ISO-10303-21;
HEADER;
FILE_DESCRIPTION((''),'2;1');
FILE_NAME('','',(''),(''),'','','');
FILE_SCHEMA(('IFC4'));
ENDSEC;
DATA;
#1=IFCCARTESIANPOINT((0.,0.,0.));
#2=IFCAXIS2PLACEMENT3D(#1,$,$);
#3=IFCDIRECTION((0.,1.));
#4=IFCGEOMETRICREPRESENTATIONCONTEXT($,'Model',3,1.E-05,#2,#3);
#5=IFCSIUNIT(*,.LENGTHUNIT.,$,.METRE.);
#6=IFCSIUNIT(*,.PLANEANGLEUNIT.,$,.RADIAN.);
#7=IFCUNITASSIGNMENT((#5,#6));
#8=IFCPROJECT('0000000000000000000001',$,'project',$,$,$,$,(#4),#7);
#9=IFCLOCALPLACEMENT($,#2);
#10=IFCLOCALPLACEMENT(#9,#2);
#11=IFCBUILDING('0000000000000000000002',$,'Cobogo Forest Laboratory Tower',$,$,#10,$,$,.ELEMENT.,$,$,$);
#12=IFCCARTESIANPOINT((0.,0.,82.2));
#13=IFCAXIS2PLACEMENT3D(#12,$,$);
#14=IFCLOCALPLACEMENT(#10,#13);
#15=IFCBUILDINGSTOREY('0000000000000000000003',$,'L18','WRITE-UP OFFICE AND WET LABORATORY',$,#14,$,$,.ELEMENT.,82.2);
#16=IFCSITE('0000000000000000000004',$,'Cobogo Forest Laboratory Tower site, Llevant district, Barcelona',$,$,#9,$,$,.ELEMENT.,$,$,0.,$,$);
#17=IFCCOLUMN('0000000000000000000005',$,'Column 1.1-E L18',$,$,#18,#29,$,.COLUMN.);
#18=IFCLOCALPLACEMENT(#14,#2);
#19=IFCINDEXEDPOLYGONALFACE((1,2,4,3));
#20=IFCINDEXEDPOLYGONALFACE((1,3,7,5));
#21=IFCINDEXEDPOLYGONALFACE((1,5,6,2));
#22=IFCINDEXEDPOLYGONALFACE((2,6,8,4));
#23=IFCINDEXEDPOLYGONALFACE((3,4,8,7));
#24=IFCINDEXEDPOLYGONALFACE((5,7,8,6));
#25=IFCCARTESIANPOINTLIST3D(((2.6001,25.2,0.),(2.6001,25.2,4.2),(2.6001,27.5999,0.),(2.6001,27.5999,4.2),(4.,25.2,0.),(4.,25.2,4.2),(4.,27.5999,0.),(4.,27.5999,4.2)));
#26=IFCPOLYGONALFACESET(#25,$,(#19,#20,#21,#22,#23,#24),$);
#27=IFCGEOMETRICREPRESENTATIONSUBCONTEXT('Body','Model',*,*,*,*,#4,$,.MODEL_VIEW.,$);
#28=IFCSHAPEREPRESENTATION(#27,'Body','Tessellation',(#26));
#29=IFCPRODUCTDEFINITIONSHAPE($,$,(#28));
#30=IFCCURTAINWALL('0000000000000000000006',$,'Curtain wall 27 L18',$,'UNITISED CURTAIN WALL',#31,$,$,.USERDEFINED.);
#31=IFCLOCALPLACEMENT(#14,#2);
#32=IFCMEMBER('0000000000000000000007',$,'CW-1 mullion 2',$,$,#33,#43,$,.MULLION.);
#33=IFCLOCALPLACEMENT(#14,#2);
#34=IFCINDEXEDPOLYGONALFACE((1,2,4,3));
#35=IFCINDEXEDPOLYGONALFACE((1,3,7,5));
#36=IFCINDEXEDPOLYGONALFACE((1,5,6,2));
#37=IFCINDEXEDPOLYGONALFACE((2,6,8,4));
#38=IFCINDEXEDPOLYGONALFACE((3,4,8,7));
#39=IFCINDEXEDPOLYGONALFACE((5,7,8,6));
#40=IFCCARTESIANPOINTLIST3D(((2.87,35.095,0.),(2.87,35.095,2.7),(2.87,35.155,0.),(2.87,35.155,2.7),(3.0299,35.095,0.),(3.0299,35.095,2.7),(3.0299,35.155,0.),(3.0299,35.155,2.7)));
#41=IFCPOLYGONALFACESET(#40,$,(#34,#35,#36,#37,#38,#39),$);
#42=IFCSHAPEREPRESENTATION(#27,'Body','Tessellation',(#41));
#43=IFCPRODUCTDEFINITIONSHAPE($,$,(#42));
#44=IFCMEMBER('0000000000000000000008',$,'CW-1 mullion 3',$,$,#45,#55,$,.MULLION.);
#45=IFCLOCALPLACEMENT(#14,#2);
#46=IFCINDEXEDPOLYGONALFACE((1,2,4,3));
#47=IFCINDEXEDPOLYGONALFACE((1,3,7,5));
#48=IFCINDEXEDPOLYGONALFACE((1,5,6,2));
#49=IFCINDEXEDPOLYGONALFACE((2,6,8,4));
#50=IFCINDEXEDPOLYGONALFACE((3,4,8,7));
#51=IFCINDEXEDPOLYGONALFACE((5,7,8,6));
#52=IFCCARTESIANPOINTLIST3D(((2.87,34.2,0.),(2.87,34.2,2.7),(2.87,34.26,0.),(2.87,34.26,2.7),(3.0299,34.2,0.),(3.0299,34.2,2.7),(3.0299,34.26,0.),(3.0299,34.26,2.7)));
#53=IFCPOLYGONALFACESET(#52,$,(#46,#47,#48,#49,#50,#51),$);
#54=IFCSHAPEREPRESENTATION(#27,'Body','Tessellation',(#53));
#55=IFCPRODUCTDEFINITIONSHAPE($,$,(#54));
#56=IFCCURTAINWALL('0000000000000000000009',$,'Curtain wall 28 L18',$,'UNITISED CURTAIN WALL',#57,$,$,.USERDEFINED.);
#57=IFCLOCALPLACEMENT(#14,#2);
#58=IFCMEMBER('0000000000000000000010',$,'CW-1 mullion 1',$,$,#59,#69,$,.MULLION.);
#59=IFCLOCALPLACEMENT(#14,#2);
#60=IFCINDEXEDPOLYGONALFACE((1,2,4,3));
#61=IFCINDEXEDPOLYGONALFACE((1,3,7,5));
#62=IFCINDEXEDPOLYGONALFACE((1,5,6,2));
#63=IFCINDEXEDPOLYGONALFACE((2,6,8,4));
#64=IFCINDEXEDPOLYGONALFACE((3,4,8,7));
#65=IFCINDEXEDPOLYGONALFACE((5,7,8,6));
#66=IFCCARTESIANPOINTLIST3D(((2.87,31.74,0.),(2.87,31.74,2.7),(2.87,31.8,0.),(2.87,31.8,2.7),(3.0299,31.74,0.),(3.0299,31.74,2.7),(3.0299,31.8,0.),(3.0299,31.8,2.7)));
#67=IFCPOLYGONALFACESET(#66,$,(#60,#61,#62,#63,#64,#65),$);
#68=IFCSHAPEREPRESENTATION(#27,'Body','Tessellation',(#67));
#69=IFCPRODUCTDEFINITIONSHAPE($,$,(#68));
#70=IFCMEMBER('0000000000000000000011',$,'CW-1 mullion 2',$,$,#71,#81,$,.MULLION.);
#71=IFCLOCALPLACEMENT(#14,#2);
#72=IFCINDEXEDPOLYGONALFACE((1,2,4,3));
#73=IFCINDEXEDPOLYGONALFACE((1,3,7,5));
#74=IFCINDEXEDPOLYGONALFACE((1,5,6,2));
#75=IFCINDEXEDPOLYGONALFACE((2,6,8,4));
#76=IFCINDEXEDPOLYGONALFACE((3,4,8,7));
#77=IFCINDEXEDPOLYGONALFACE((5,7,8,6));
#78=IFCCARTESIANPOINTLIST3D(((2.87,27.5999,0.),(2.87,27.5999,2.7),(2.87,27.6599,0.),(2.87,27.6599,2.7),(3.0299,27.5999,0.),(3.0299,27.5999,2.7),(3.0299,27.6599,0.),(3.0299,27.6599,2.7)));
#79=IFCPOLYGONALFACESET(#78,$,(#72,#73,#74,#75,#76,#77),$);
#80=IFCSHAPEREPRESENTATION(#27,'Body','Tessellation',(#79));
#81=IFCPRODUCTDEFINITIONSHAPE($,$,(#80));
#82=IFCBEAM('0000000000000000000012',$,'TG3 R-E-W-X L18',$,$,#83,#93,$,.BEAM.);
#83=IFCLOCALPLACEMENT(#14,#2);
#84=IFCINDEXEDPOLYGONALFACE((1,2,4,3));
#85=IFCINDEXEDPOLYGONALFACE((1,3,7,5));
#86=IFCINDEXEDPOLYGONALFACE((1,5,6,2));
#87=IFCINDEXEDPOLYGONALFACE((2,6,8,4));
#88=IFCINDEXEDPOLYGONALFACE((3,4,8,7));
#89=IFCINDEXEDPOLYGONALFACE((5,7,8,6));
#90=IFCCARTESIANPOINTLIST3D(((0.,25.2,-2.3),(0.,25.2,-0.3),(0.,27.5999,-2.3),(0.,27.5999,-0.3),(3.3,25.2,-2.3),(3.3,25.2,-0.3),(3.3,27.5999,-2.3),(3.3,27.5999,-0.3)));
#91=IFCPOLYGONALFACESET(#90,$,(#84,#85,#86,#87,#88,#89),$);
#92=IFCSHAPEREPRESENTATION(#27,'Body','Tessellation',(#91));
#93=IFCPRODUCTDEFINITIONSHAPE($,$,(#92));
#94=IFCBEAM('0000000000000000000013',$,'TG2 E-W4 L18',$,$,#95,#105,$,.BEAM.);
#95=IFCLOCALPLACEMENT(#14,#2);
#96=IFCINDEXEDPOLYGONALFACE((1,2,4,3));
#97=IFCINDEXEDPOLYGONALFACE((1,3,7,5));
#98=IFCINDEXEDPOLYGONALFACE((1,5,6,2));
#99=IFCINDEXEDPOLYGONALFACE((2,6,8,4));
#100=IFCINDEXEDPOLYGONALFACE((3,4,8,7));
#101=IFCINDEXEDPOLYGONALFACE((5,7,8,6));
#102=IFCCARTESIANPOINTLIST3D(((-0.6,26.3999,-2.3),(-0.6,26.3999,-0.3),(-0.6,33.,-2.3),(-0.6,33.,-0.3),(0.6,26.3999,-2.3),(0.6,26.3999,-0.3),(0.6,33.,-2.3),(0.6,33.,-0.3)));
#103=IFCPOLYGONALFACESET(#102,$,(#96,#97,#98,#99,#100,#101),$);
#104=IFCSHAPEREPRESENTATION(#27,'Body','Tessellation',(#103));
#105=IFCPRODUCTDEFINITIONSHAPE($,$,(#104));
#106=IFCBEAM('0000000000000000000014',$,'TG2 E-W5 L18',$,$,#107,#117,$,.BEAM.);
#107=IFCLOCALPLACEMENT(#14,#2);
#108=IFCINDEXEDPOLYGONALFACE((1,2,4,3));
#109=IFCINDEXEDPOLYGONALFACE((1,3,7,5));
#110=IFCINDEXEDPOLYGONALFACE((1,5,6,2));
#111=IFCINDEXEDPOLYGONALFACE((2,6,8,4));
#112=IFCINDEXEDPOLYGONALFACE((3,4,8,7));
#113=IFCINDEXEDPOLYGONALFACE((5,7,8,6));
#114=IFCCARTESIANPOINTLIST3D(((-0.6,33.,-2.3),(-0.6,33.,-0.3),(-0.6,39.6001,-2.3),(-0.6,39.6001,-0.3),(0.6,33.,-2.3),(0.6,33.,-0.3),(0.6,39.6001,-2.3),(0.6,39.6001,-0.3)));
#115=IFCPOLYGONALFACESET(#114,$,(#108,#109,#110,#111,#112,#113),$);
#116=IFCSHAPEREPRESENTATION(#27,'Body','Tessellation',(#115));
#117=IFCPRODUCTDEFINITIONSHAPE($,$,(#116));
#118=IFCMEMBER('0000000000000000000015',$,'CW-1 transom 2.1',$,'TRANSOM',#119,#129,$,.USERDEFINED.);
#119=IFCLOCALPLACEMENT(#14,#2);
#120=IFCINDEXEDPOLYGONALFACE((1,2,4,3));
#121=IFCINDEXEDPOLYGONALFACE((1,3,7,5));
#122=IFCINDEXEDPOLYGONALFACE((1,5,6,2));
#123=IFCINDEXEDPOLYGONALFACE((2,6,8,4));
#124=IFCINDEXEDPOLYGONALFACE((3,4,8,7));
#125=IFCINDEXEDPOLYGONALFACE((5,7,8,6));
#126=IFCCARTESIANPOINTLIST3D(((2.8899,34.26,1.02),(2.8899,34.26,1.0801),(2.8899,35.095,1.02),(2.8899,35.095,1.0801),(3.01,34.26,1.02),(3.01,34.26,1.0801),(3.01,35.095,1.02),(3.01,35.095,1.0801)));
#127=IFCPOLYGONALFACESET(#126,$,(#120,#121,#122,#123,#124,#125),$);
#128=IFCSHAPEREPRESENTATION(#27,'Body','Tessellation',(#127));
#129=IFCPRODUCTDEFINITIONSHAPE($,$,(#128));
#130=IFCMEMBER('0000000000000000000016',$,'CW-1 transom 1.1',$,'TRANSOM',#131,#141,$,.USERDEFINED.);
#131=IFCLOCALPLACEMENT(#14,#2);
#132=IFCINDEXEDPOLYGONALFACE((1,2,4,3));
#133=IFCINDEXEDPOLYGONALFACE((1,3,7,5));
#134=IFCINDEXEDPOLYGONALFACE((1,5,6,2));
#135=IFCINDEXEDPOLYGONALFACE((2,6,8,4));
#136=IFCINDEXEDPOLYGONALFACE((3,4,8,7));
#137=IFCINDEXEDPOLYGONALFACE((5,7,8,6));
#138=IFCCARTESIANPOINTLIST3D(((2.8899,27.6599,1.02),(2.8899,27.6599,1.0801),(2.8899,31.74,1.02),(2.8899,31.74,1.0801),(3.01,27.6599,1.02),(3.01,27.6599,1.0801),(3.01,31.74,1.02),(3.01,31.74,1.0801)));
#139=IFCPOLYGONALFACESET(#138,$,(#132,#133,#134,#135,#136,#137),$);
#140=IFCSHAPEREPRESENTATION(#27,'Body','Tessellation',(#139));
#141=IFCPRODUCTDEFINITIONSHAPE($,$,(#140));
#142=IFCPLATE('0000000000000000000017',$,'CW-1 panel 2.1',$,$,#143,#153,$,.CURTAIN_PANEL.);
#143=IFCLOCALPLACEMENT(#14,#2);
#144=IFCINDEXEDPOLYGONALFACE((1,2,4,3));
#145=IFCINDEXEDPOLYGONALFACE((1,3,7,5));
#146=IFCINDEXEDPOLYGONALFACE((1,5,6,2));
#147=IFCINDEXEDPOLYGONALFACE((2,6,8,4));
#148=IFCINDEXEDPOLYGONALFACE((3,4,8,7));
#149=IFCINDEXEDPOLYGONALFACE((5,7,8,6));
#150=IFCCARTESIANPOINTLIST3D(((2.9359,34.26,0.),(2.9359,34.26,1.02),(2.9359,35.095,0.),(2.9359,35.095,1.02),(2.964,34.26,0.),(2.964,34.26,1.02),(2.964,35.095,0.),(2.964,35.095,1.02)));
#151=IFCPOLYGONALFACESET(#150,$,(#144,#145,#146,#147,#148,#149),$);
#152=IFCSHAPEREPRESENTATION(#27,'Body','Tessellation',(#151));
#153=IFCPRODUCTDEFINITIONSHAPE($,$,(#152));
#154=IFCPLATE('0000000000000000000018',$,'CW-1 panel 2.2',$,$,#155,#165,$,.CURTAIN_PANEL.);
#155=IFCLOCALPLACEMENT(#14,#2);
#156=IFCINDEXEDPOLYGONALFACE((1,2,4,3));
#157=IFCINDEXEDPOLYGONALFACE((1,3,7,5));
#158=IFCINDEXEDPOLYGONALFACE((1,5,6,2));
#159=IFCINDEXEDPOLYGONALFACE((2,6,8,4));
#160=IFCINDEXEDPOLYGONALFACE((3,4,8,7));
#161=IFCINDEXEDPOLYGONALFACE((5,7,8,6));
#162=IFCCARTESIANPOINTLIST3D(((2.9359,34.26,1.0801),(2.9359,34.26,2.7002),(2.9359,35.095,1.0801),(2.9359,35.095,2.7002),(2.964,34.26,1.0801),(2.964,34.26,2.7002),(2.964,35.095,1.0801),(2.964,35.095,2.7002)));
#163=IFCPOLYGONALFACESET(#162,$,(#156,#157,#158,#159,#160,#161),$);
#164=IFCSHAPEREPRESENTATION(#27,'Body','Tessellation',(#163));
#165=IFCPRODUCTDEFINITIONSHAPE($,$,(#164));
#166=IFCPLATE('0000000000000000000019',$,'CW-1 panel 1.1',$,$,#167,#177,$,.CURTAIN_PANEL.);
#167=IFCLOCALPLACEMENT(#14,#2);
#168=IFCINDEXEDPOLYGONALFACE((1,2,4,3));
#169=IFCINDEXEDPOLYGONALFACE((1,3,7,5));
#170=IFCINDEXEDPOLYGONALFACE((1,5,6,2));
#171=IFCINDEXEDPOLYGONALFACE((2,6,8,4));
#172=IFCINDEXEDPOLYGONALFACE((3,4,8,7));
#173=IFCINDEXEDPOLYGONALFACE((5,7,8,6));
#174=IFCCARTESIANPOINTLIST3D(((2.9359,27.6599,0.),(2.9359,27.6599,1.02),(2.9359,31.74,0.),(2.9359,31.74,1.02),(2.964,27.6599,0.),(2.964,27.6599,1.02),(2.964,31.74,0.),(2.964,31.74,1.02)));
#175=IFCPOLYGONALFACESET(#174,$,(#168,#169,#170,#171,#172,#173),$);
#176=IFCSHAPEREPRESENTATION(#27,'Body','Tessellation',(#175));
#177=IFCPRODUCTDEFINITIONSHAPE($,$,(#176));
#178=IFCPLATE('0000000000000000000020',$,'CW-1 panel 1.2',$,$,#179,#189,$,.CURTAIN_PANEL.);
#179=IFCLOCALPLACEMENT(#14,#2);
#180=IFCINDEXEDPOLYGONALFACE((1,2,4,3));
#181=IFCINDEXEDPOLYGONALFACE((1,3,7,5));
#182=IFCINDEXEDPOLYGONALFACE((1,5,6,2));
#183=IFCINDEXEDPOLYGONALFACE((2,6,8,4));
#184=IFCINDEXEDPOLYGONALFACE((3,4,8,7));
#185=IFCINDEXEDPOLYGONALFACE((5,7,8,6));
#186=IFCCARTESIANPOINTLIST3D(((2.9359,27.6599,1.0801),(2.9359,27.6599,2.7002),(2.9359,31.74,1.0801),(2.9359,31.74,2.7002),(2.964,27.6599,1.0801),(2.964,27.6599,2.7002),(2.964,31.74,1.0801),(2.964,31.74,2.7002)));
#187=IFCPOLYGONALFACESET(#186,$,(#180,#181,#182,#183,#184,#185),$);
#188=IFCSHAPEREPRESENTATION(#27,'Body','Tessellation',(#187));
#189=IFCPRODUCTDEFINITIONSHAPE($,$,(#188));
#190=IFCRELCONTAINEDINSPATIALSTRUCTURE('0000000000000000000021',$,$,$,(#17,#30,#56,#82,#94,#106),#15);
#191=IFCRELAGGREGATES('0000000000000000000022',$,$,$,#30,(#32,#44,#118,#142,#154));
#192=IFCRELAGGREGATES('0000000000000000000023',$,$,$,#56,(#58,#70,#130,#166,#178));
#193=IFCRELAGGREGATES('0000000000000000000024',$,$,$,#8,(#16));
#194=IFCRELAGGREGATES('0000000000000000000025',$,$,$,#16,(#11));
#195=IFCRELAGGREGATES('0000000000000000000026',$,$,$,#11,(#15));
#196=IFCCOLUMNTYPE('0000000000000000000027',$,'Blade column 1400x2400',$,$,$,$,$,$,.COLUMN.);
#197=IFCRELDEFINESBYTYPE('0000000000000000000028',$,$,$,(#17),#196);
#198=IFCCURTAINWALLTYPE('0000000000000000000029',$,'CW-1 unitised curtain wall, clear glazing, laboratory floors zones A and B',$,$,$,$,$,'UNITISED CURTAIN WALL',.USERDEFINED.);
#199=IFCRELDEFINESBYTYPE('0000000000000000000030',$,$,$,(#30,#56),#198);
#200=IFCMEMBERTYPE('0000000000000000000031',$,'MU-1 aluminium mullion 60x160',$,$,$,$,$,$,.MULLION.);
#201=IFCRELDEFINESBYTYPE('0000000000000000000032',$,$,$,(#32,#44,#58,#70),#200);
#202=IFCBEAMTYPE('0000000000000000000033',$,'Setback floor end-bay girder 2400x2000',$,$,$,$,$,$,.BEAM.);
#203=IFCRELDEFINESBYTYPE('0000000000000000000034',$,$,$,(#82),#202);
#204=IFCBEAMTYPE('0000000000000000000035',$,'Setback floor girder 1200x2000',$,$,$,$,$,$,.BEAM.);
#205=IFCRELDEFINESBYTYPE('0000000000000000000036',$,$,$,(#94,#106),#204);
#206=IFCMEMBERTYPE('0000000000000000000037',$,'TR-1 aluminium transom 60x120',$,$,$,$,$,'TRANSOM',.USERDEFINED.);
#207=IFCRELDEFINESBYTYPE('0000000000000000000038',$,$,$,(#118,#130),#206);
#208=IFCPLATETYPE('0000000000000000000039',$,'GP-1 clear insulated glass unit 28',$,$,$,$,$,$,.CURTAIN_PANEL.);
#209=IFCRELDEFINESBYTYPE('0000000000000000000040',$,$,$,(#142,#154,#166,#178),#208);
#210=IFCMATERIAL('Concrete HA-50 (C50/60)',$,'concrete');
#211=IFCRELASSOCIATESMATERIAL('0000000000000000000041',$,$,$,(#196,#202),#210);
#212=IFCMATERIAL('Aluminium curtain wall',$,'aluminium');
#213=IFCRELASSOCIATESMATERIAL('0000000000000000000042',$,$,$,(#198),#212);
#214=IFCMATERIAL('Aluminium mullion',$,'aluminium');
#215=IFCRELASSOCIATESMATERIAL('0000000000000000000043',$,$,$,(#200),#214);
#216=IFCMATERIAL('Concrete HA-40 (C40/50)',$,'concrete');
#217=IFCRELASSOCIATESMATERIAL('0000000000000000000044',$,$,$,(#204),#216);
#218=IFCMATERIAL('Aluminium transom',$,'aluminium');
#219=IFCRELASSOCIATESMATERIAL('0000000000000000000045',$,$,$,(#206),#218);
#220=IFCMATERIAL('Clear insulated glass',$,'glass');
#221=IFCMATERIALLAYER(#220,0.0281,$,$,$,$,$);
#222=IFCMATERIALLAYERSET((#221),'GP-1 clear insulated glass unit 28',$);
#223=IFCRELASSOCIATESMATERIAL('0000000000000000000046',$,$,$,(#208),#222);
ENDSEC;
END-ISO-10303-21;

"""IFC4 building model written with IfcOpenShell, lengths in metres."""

from ifc_helpers import new_model, si_unit, direction, frame, origin, origin_2d, place, context, subcontext, project, spatial, rectangle, extrude, material, layer, layer_set, material_profile, profile_set, type_object, element, aggregate, save


model = new_model("IFC4")

# Units and contexts
model_context = context("Model", 3, precision=1e-05, world=origin(), true_north=direction((0.0, 1.0)))
body_context = subcontext(model_context, "Body", "Model", "MODEL_VIEW")
ifc_project = project(units=[si_unit("LENGTHUNIT", "METRE"), si_unit("PLANEANGLEUNIT", "RADIAN")], contexts=[model_context])

# Site, building, storey
site_placement = place(None, origin())
site = spatial("IfcSite", under=ifc_project, at=site_placement, Name="Cobogo Forest Laboratory Tower site, Llevant district, Barcelona", CompositionType="ELEMENT", RefElevation=0.0)
building_placement = place(site_placement, origin())
building = spatial("IfcBuilding", under=site, at=building_placement, Name="Cobogo Forest Laboratory Tower", CompositionType="ELEMENT")
storey_placement = place(building_placement, frame((0.0, 0.0, 82.2)))
storey = spatial("IfcBuildingStorey", under=building, at=storey_placement, Name="L18", Description="WRITE-UP OFFICE AND WET LABORATORY", CompositionType="ELEMENT", Elevation=82.2)

# Column
ifc_material_1 = material(Name="Concrete HA-50 (C50/60)", Category="concrete")
ifc_material_profile_1 = material_profile(ifc_material_1, rectangle(XDim=2.3999, YDim=1.3999, at=origin_2d()), Name="RC 1400x2400")
ifc_profile_set_1 = profile_set([ifc_material_profile_1], Name="Concrete HA-50 (C50/60)")
column_type = type_object("IfcColumnType", Name="Blade column 1400x2400", PredefinedType="COLUMN", material=ifc_profile_set_1)
column_placement = place(storey_placement, frame((3.3, 26.3999, 0.0), z_axis=(0.0, 0.0, 1.0), x_axis=(0.0, 1.0, 0.0)))
element("IfcColumn", 1, at=column_placement, inside=storey, type_object=column_type, Name="Column 1.1-E L18", PredefinedType="COLUMN", context=body_context, shape_type="SweptSolid", body=[
    extrude(rectangle(XDim=2.3999, YDim=1.3999, at=origin_2d()), origin(), (0.0, 0.0, 1.0), 4.2),
])

# Curtain walls, members
ifc_material_2 = material(Name="Aluminium curtain wall", Category="aluminium")
curtain_wall_type = type_object("IfcCurtainWallType", Name="CW-1 unitised curtain wall, clear glazing, laboratory floors zones A and B", ElementType="UNITISED CURTAIN WALL", PredefinedType="USERDEFINED", material=ifc_material_2)
curtain_wall_1_placement = place(storey_placement, origin())
curtain_wall_1 = element("IfcCurtainWall", 2, at=curtain_wall_1_placement, inside=storey, type_object=curtain_wall_type, Name="Curtain wall 27 L18", ObjectType="UNITISED CURTAIN WALL", PredefinedType="USERDEFINED")
ifc_material_3 = material(Name="Aluminium mullion", Category="aluminium")
ifc_material_profile_2 = material_profile(ifc_material_3, rectangle(XDim=0.0601, YDim=0.1599, at=origin_2d()), Name="AL 60x160")
ifc_profile_set_2 = profile_set([ifc_material_profile_2], Name="Aluminium mullion")
member_type_1 = type_object("IfcMemberType", Name="MU-1 aluminium mullion 60x160", PredefinedType="MULLION", material=ifc_profile_set_2)
member_1_placement = place(storey_placement, frame((2.95, 35.125, 0.0), z_axis=(0.0, 0.0, 1.0), x_axis=(0.0, -1.0, 0.0)))
member_1 = element("IfcMember", 3, at=member_1_placement, type_object=member_type_1, Name="CW-1 mullion 2", PredefinedType="MULLION", context=body_context, shape_type="SweptSolid", body=[
    extrude(rectangle(XDim=0.0601, YDim=0.1599, at=origin_2d()), origin(), (0.0, 0.0, 1.0), 2.7),
])
member_2_placement = place(storey_placement, frame((2.95, 34.23, 0.0), z_axis=(0.0, 0.0, 1.0), x_axis=(0.0, -1.0, 0.0)))
member_2 = element("IfcMember", 4, at=member_2_placement, type_object=member_type_1, Name="CW-1 mullion 3", PredefinedType="MULLION", context=body_context, shape_type="SweptSolid", body=[
    extrude(rectangle(XDim=0.0601, YDim=0.1599, at=origin_2d()), origin(), (0.0, 0.0, 1.0), 2.7),
])
curtain_wall_2_placement = place(storey_placement, origin())
curtain_wall_2 = element("IfcCurtainWall", 5, at=curtain_wall_2_placement, inside=storey, type_object=curtain_wall_type, Name="Curtain wall 28 L18", ObjectType="UNITISED CURTAIN WALL", PredefinedType="USERDEFINED")
member_3_placement = place(storey_placement, frame((2.95, 31.77, 0.0), z_axis=(0.0, 0.0, 1.0), x_axis=(0.0, -1.0, 0.0)))
member_3 = element("IfcMember", 6, at=member_3_placement, type_object=member_type_1, Name="CW-1 mullion 1", PredefinedType="MULLION", context=body_context, shape_type="SweptSolid", body=[
    extrude(rectangle(XDim=0.0601, YDim=0.1599, at=origin_2d()), origin(), (0.0, 0.0, 1.0), 2.7),
])
member_4_placement = place(storey_placement, frame((2.95, 27.6299, 0.0), z_axis=(0.0, 0.0, 1.0), x_axis=(0.0, -1.0, 0.0)))
member_4 = element("IfcMember", 7, at=member_4_placement, type_object=member_type_1, Name="CW-1 mullion 2", PredefinedType="MULLION", context=body_context, shape_type="SweptSolid", body=[
    extrude(rectangle(XDim=0.0601, YDim=0.1599, at=origin_2d()), origin(), (0.0, 0.0, 1.0), 2.7),
])

# Beams
ifc_material_profile_3 = material_profile(ifc_material_1, rectangle(XDim=2.3999, YDim=2.0, at=origin_2d()), Name="RC 2400x2000")
ifc_profile_set_3 = profile_set([ifc_material_profile_3], Name="Concrete HA-50 (C50/60)")
beam_type_1 = type_object("IfcBeamType", Name="Setback floor end-bay girder 2400x2000", PredefinedType="BEAM", material=ifc_profile_set_3)
beam_placement = place(storey_placement, frame((0.0, 26.3999, -1.3), z_axis=(1.0, 0.0, 0.0), x_axis=(0.0, 1.0, 0.0)))
element("IfcBeam", 8, at=beam_placement, inside=storey, type_object=beam_type_1, Name="TG3 R-E-W-X L18", PredefinedType="BEAM", context=body_context, shape_type="SweptSolid", body=[
    extrude(rectangle(XDim=2.3999, YDim=2.0, at=origin_2d()), origin(), (0.0, 0.0, 1.0), 3.3),
])
ifc_material_4 = material(Name="Concrete HA-40 (C40/50)", Category="concrete")
ifc_material_profile_4 = material_profile(ifc_material_4, rectangle(XDim=1.2, YDim=2.0, at=origin_2d()), Name="RC 1200x2000")
ifc_profile_set_4 = profile_set([ifc_material_profile_4], Name="Concrete HA-40 (C40/50)")
beam_type_2 = type_object("IfcBeamType", Name="Setback floor girder 1200x2000", PredefinedType="BEAM", material=ifc_profile_set_4)
for number, where, z_axis, x_axis, name in (
    (9, (0.0, 26.3999, -1.3), (0.0, 1.0, 0.0), (-1.0, 0.0, 0.0), "TG2 E-W4 L18"),
    (10, (0.0, 33.0, -1.3), (0.0, 1.0, 0.0), (-1.0, 0.0, 0.0), "TG2 E-W5 L18"),
):
    element("IfcBeam", number, at=place(storey_placement, frame(where, z_axis=z_axis, x_axis=x_axis)), inside=storey, type_object=beam_type_2, Name=name, PredefinedType="BEAM", context=body_context, shape_type="SweptSolid", body=[
        extrude(rectangle(XDim=1.2, YDim=2.0, at=origin_2d()), origin(), (0.0, 0.0, 1.0), 6.6001),
    ])

# Members
ifc_material_5 = material(Name="Aluminium transom", Category="aluminium")
ifc_material_profile_5 = material_profile(ifc_material_5, rectangle(XDim=0.1201, YDim=0.0601, at=origin_2d()), Name="AL 60x120")
ifc_profile_set_5 = profile_set([ifc_material_profile_5], Name="Aluminium transom")
member_type_2 = type_object("IfcMemberType", Name="TR-1 aluminium transom 60x120", ElementType="TRANSOM", PredefinedType="USERDEFINED", material=ifc_profile_set_5)
member_5_placement = place(storey_placement, frame((2.95, 35.095, 1.05), z_axis=(0.0, -1.0, 0.0), x_axis=(1.0, 0.0, 0.0)))
member_5 = element("IfcMember", 11, at=member_5_placement, type_object=member_type_2, Name="CW-1 transom 2.1", ObjectType="TRANSOM", PredefinedType="USERDEFINED", context=body_context, shape_type="SweptSolid", body=[
    extrude(rectangle(XDim=0.1201, YDim=0.0601, at=origin_2d()), origin(), (0.0, 0.0, 1.0), 0.835),
])
member_6_placement = place(storey_placement, frame((2.95, 31.74, 1.05), z_axis=(0.0, -1.0, 0.0), x_axis=(1.0, 0.0, 0.0)))
member_6 = element("IfcMember", 12, at=member_6_placement, type_object=member_type_2, Name="CW-1 transom 1.1", ObjectType="TRANSOM", PredefinedType="USERDEFINED", context=body_context, shape_type="SweptSolid", body=[
    extrude(rectangle(XDim=0.1201, YDim=0.0601, at=origin_2d()), origin(), (0.0, 0.0, 1.0), 4.0801),
])

# Plates
ifc_material_6 = material(Name="Clear insulated glass", Category="glass")
ifc_layer_1 = layer(ifc_material_6, 0.0281)
ifc_layer_set_1 = layer_set([ifc_layer_1], Name="GP-1 clear insulated glass unit 28")
plate_type_1 = type_object("IfcPlateType", Name="GP-1 clear insulated glass unit 28", PredefinedType="CURTAIN_PANEL", material=ifc_layer_set_1)
plate_1_placement = place(storey_placement, frame((2.95, 34.6775, 0.0), z_axis=(0.0, 0.0, 1.0), x_axis=(0.0, -1.0, 0.0)))
plate_1 = element("IfcPlate", 13, at=plate_1_placement, type_object=plate_type_1, Name="CW-1 panel 2.1", PredefinedType="CURTAIN_PANEL", context=body_context, shape_type="SweptSolid", body=[
    extrude(rectangle(XDim=0.835, YDim=0.0281, at=origin_2d()), origin(), (0.0, 0.0, 1.0), 1.02),
])
plate_2_placement = place(storey_placement, frame((2.95, 34.6775, 1.0801), z_axis=(0.0, 0.0, 1.0), x_axis=(0.0, -1.0, 0.0)))
plate_2 = element("IfcPlate", 14, at=plate_2_placement, type_object=plate_type_1, Name="CW-1 panel 2.2", PredefinedType="CURTAIN_PANEL", context=body_context, shape_type="SweptSolid", body=[
    extrude(rectangle(XDim=0.835, YDim=0.0281, at=origin_2d()), origin(), (0.0, 0.0, 1.0), 1.6201),
])
aggregate(curtain_wall_1, [member_1, member_2, member_5, plate_1, plate_2])
plate_3_placement = place(storey_placement, frame((2.95, 29.7, 0.0), z_axis=(0.0, 0.0, 1.0), x_axis=(0.0, -1.0, 0.0)))
plate_3 = element("IfcPlate", 15, at=plate_3_placement, type_object=plate_type_1, Name="CW-1 panel 1.1", PredefinedType="CURTAIN_PANEL", context=body_context, shape_type="SweptSolid", body=[
    extrude(rectangle(XDim=4.0801, YDim=0.0281, at=origin_2d()), origin(), (0.0, 0.0, 1.0), 1.02),
])
plate_4_placement = place(storey_placement, frame((2.95, 29.7, 1.0801), z_axis=(0.0, 0.0, 1.0), x_axis=(0.0, -1.0, 0.0)))
plate_4 = element("IfcPlate", 16, at=plate_4_placement, type_object=plate_type_1, Name="CW-1 panel 1.2", PredefinedType="CURTAIN_PANEL", context=body_context, shape_type="SweptSolid", body=[
    extrude(rectangle(XDim=4.0801, YDim=0.0281, at=origin_2d()), origin(), (0.0, 0.0, 1.0), 1.6201),
])
aggregate(curtain_wall_2, [member_3, member_4, member_6, plate_3, plate_4])

save(model, "model.ifc")
